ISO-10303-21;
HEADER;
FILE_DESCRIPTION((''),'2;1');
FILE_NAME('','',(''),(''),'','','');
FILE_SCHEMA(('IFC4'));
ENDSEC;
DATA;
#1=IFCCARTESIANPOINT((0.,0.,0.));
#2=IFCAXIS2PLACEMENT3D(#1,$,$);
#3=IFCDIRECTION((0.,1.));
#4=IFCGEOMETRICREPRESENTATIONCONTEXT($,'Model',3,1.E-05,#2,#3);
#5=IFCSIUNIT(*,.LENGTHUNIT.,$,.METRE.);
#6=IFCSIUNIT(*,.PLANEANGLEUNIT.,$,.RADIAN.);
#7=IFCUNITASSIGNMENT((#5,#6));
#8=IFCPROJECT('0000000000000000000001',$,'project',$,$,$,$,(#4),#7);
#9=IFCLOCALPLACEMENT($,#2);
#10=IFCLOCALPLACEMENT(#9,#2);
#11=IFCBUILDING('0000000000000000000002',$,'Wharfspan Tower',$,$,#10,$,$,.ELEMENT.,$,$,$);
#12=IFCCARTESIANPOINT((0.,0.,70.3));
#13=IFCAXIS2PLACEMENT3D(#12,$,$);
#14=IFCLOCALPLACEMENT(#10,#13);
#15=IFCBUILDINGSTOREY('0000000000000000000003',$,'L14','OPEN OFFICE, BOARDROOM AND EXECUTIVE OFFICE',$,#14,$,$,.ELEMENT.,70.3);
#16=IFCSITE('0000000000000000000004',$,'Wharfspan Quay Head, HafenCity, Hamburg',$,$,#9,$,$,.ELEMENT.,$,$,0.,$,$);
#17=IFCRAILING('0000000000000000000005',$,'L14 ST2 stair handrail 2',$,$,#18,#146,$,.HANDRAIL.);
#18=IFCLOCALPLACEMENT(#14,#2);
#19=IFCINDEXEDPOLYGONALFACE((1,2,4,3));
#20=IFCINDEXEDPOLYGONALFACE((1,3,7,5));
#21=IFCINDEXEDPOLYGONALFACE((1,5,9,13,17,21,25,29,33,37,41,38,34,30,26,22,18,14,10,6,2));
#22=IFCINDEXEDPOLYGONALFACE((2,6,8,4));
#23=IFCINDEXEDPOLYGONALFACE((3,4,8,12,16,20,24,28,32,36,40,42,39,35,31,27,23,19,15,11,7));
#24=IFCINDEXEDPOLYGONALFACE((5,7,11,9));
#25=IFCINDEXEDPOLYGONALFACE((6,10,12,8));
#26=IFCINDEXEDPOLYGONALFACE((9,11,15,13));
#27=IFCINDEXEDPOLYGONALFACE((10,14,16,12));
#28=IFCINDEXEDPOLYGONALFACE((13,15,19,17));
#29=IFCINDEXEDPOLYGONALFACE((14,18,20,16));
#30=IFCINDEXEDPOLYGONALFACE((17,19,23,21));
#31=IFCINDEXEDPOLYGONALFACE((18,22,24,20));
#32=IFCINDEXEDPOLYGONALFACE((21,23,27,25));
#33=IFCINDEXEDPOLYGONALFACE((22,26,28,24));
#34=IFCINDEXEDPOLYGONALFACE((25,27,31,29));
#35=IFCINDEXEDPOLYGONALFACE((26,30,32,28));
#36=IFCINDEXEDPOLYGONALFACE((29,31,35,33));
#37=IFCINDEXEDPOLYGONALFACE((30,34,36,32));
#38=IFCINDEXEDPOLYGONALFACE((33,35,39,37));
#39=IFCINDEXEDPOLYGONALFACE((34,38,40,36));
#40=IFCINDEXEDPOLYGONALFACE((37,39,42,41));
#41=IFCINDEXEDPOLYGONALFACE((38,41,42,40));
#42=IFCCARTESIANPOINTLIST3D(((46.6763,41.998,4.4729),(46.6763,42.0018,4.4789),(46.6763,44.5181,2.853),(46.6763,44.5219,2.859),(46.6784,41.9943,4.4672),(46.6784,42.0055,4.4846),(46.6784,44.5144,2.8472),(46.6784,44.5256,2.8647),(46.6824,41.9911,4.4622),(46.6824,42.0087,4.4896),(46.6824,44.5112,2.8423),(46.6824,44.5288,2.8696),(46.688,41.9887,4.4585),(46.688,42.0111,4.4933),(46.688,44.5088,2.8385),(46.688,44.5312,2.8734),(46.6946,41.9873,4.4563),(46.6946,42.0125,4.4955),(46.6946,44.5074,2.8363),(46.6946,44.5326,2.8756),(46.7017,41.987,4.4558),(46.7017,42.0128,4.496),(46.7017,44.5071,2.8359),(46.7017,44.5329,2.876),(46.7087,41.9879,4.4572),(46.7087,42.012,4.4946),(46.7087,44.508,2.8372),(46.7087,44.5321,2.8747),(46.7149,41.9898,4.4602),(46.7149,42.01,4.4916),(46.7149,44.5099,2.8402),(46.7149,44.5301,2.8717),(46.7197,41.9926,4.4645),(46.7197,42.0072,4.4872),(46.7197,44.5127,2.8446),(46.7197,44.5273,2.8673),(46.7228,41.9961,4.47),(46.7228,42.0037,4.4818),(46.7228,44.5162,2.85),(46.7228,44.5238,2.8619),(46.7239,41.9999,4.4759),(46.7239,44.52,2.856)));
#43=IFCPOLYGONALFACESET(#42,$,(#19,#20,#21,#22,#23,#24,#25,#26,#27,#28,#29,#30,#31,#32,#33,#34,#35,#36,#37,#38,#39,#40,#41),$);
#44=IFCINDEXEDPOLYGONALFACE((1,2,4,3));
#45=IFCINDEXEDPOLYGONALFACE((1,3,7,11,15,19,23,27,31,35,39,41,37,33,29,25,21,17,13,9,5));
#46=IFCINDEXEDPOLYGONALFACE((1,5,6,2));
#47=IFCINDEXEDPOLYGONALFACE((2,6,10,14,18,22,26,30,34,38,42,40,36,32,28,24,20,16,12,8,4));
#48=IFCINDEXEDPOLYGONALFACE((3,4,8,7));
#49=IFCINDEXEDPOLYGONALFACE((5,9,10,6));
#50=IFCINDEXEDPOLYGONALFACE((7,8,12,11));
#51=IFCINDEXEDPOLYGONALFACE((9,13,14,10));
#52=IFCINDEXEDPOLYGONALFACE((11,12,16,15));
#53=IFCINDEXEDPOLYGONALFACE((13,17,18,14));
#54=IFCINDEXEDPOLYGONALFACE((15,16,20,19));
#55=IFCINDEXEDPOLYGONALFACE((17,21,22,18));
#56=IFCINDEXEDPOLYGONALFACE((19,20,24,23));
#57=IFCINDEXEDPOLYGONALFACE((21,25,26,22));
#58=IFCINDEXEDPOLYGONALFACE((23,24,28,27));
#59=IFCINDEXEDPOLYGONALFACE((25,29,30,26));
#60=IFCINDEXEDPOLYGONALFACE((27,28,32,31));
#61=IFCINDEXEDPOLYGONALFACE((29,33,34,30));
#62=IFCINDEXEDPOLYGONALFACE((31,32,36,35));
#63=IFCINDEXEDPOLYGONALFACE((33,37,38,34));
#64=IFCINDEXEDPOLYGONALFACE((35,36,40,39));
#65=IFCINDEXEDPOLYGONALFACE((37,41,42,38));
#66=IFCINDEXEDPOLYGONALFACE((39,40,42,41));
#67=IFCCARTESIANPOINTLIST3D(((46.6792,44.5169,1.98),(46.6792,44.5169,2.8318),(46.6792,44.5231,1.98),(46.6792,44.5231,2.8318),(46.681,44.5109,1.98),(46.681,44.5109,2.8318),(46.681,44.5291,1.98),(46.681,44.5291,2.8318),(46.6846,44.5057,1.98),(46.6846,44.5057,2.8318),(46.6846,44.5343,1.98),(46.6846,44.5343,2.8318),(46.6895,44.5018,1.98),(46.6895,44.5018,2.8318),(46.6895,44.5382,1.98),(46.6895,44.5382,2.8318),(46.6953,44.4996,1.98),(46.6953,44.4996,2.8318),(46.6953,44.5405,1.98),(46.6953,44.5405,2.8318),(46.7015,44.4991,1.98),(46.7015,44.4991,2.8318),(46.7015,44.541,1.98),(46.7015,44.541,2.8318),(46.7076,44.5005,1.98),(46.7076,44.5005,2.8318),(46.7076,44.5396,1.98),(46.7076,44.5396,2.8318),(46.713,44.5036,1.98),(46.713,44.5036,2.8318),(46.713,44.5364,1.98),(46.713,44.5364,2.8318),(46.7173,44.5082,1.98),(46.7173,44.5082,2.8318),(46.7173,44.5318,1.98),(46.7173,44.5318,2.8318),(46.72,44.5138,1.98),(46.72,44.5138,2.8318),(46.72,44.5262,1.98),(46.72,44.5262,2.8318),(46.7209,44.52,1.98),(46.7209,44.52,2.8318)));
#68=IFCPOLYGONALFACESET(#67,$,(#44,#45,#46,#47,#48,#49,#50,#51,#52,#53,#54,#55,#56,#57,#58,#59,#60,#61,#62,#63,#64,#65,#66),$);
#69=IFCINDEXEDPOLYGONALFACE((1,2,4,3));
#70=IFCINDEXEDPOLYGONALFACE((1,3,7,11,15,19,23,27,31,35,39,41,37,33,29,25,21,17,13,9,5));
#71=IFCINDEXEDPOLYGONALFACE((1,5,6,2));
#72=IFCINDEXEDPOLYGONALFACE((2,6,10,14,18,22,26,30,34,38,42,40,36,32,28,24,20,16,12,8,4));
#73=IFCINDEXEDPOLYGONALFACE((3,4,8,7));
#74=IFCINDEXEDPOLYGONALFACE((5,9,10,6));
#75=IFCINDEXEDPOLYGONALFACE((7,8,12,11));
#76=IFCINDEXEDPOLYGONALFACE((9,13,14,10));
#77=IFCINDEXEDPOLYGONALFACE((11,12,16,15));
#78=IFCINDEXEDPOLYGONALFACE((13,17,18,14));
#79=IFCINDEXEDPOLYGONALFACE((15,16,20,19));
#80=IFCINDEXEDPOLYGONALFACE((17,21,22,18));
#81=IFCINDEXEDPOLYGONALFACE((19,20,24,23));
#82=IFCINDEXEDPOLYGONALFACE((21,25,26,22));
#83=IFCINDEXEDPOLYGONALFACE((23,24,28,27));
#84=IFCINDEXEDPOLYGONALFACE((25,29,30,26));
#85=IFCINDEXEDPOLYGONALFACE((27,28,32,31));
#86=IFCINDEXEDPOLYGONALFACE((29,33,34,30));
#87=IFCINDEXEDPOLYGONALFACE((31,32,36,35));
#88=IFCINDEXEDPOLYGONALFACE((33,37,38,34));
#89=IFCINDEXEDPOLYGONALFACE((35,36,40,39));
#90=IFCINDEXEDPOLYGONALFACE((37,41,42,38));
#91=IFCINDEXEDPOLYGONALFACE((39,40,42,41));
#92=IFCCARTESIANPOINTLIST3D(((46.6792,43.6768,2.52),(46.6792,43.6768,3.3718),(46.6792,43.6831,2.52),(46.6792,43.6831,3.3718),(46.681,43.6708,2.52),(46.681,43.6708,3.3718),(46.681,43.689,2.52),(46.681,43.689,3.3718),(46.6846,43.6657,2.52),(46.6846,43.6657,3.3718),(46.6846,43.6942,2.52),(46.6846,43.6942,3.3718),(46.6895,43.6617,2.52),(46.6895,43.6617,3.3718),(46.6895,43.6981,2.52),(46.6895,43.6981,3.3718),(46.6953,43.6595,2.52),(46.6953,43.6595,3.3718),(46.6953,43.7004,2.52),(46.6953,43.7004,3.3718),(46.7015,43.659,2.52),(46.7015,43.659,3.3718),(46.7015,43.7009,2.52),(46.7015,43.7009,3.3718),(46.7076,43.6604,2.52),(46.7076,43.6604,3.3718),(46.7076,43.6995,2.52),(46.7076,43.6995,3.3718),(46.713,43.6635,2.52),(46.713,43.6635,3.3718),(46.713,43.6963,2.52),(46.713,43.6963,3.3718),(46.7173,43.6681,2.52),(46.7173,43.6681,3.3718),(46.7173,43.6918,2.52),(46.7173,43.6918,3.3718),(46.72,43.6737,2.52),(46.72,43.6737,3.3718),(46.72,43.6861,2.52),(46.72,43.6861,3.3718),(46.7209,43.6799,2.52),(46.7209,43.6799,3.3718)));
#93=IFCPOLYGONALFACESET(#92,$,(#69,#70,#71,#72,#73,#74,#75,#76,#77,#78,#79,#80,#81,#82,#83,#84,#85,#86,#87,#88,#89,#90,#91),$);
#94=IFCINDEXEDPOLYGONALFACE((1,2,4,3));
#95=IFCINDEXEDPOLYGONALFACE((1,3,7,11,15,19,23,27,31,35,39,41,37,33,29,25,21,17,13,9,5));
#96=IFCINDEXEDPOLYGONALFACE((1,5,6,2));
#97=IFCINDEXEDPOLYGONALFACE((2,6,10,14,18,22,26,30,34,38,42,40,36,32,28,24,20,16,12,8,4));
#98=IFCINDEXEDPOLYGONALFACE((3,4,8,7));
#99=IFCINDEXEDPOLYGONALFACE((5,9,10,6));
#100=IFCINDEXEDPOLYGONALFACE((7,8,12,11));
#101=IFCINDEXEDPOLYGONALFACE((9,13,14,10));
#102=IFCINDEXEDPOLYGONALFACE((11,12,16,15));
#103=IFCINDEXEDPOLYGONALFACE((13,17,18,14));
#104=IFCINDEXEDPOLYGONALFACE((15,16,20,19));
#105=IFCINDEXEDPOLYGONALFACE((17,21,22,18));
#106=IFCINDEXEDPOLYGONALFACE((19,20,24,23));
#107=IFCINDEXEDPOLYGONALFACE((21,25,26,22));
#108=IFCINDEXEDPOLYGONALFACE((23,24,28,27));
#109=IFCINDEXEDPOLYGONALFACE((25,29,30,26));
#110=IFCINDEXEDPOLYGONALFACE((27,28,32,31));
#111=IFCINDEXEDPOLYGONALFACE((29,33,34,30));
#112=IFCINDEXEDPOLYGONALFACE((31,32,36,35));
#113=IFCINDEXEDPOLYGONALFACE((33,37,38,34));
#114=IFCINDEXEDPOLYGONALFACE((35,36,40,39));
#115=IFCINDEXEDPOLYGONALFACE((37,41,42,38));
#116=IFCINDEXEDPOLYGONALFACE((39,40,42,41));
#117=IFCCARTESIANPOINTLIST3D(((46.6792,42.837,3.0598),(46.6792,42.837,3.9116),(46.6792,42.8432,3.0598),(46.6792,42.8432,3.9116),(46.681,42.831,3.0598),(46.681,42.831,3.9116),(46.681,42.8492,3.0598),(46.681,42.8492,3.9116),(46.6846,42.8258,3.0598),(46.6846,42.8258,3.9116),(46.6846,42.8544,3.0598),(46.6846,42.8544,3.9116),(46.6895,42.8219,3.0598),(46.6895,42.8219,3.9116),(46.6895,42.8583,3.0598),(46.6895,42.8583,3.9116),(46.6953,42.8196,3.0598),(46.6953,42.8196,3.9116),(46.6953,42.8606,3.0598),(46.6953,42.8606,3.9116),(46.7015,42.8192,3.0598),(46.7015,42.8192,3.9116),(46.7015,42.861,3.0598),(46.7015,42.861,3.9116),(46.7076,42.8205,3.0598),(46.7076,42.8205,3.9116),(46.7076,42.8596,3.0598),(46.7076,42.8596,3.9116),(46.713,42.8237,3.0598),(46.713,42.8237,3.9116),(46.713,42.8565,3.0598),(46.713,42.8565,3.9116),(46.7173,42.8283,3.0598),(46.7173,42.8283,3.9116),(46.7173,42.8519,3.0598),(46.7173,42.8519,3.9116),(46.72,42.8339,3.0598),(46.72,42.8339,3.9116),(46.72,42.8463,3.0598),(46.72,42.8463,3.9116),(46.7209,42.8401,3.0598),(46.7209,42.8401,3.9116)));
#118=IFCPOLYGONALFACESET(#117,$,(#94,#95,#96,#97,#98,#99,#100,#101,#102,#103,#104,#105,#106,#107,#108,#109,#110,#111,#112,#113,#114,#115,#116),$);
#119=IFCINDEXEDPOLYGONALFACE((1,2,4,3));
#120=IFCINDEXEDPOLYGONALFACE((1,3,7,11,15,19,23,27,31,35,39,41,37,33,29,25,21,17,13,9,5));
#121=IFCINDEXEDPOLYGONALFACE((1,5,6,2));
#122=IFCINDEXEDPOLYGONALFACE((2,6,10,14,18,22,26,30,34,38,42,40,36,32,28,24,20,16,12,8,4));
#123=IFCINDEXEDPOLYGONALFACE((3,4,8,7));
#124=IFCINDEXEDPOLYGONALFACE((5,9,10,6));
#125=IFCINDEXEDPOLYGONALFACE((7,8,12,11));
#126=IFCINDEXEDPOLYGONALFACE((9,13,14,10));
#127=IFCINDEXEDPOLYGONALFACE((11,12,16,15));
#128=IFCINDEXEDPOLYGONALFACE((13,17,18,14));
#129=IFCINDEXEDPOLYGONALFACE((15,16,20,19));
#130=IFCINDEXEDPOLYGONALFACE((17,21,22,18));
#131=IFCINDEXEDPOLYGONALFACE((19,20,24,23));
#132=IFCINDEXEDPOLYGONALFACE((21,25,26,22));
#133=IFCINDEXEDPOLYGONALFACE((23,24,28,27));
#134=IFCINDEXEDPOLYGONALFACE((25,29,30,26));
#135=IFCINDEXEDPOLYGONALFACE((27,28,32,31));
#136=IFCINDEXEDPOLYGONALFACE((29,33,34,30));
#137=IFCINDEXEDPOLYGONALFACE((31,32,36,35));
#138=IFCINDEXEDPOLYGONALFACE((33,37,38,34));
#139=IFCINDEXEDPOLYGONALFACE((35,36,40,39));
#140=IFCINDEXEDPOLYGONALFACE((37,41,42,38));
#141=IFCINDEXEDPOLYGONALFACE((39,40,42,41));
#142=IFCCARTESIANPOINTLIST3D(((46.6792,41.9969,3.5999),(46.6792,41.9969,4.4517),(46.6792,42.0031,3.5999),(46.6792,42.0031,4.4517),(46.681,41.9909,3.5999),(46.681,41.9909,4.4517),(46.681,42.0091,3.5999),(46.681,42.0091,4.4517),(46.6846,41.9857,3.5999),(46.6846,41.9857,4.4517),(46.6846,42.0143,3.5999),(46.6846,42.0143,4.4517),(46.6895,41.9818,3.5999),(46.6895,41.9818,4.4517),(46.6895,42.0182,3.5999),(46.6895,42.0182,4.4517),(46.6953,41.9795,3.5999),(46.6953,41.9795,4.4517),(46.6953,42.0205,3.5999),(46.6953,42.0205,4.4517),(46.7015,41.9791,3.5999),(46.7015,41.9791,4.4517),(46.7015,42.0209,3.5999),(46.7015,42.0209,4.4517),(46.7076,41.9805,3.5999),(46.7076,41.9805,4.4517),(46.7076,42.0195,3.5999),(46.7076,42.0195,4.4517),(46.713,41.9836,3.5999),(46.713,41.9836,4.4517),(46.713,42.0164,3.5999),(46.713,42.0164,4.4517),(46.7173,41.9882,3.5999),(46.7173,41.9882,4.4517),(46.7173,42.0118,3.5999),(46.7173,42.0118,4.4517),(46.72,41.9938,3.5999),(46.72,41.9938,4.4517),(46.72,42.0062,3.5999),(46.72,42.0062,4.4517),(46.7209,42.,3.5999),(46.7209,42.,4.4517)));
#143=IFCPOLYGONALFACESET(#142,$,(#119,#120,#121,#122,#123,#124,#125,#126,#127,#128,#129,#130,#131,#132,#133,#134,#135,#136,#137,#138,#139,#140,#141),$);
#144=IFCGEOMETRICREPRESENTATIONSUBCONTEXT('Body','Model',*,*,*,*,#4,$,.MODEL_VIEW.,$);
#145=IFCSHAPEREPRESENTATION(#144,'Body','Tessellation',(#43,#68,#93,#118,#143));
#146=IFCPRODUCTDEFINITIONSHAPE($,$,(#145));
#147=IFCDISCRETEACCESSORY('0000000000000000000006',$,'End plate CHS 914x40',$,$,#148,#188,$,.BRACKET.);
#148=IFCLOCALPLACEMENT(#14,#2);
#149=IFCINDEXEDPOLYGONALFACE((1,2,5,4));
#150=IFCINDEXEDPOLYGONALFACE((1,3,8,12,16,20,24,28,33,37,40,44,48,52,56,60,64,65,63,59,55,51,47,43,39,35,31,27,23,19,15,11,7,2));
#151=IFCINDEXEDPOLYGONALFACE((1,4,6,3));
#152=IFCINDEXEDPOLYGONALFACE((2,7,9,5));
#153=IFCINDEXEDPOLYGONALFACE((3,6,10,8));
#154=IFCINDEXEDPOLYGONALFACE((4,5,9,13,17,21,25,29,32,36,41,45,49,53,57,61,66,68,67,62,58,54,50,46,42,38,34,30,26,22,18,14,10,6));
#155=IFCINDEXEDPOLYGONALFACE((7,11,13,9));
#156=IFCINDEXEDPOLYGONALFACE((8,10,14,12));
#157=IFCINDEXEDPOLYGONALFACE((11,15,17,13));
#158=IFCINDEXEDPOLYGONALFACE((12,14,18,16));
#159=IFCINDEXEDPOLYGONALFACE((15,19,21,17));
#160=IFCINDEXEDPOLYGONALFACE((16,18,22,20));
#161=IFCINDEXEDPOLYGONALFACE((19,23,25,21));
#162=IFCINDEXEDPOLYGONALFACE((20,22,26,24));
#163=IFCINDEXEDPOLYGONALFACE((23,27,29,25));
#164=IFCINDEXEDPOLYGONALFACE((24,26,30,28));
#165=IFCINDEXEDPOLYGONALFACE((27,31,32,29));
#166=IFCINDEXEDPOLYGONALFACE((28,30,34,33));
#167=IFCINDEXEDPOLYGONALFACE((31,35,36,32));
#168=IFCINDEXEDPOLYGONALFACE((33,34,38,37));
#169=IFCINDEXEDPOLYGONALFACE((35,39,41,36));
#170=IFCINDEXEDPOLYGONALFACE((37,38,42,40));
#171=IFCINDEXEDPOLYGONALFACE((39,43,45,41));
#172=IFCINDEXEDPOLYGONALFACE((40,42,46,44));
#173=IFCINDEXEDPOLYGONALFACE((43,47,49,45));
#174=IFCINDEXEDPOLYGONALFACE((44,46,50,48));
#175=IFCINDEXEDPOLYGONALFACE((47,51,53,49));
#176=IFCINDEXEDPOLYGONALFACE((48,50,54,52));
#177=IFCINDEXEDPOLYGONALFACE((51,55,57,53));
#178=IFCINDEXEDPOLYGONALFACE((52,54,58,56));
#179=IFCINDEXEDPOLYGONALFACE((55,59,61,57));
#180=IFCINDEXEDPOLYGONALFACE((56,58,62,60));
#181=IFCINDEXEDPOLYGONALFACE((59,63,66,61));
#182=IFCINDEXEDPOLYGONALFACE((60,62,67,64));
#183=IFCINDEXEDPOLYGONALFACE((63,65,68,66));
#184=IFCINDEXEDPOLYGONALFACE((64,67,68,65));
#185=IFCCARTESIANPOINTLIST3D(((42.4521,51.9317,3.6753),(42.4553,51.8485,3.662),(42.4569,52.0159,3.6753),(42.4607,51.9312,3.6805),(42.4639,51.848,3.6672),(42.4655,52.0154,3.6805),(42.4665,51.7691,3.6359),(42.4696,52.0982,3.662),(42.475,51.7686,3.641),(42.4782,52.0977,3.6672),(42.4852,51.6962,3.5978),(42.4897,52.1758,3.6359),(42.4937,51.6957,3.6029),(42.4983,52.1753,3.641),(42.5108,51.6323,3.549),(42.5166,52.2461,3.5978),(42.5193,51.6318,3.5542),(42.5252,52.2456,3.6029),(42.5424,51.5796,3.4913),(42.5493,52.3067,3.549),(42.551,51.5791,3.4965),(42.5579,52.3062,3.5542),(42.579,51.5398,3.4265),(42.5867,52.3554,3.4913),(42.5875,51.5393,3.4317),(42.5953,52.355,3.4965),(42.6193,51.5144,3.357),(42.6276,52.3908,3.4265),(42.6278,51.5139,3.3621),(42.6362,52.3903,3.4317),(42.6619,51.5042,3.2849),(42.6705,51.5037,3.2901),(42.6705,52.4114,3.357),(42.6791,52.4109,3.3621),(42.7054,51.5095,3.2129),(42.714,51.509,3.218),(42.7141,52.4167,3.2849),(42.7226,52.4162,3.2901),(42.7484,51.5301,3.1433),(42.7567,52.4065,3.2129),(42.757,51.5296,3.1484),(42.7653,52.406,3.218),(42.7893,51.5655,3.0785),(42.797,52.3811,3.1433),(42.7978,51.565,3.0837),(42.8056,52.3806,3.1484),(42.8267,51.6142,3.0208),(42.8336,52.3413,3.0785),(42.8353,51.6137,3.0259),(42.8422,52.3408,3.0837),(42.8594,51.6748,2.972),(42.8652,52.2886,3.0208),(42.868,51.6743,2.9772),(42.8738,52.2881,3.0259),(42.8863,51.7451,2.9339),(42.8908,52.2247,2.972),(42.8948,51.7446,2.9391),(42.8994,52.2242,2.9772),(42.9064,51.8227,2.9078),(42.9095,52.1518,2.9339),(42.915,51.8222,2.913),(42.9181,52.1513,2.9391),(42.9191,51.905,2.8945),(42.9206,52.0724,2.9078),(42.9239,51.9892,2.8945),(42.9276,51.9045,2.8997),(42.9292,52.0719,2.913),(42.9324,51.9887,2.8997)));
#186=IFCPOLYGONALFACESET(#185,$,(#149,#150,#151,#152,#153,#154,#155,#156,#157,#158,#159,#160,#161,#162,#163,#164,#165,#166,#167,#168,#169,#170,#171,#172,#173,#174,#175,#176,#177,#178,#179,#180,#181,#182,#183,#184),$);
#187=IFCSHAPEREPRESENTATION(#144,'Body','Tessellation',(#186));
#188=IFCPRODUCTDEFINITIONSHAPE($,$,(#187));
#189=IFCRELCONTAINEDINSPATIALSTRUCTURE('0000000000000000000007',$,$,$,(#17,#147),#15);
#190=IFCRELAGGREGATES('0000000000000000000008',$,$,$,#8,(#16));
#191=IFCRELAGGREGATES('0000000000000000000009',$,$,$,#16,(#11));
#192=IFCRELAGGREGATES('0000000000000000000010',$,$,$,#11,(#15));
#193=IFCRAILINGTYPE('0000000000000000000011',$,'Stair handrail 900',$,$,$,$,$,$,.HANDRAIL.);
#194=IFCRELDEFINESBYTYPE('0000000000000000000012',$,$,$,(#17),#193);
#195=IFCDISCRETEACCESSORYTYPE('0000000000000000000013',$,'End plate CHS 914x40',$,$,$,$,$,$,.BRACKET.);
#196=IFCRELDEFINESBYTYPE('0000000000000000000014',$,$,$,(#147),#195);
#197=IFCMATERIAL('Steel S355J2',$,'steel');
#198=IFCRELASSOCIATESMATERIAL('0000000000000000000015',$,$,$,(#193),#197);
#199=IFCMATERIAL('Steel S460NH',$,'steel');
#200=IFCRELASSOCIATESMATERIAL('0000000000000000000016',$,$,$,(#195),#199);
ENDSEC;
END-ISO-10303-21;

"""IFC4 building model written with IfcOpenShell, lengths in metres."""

from ifc_helpers import new_model, si_unit, direction, frame, origin, origin_2d, place, context, subcontext, project, spatial, circle, extrude, material, material_profile, profile_set, type_object, element, save


model = new_model("IFC4")

# Units and contexts
model_context = context("Model", 3, precision=1e-05, world=origin(), true_north=direction((0.0, 1.0)))
body_context = subcontext(model_context, "Body", "Model", "MODEL_VIEW")
ifc_project = project(units=[si_unit("LENGTHUNIT", "METRE"), si_unit("PLANEANGLEUNIT", "RADIAN")], contexts=[model_context])

# Site, building, storey
site_placement = place(None, origin())
site = spatial("IfcSite", under=ifc_project, at=site_placement, Name="Wharfspan Quay Head, HafenCity, Hamburg", CompositionType="ELEMENT", RefElevation=0.0)
building_placement = place(site_placement, origin())
building = spatial("IfcBuilding", under=site, at=building_placement, Name="Wharfspan Tower", CompositionType="ELEMENT")
storey_placement = place(building_placement, frame((0.0, 0.0, 70.3)))
storey = spatial("IfcBuildingStorey", under=building, at=storey_placement, Name="L14", Description="OPEN OFFICE, BOARDROOM AND EXECUTIVE OFFICE", CompositionType="ELEMENT", Elevation=70.3)

# Shared definitions
ifc_material_1 = material(Name="Steel S355J2", Category="steel")

# Shared definitions
ifc_material_2 = material(Name="Steel S460NH", Category="steel")

# Railing
railing_type_1 = type_object("IfcRailingType", Name="Stair handrail 900", PredefinedType="HANDRAIL", material=ifc_material_1)
railing_1_placement = place(storey_placement, frame((46.7, 44.52, 1.98)))
element("IfcRailing", 1, at=railing_1_placement, inside=storey, type_object=railing_type_1, Name="L14 ST2 stair handrail 2", PredefinedType="HANDRAIL", context=body_context, shape_type="SweptSolid", body=[
    extrude(circle(Radius=0.0239, at=origin_2d()), frame((0.0, 0.0, 0.876), z_axis=(0.0, -0.8412, 0.540725), x_axis=(1.0, 0.0, 0.0)), (0.0, 0.0, 1.0), 2.9958),
    extrude(circle(Radius=0.021, at=origin_2d()), origin(), (0.0, 0.0, 1.0), 0.8518),
    extrude(circle(Radius=0.021, at=origin_2d()), frame((0.0, -0.8401, 0.54)), (0.0, 0.0, 1.0), 0.8518),
    extrude(circle(Radius=0.021, at=origin_2d()), frame((0.0, -1.6799, 1.0798)), (0.0, 0.0, 1.0), 0.8518),
    extrude(circle(Radius=0.021, at=origin_2d()), frame((0.0, -2.52, 1.6199)), (0.0, 0.0, 1.0), 0.8518),
])

# Discrete accessory
ifc_material_profile_1 = material_profile(ifc_material_2, circle(Radius=0.457, at=origin_2d()))
ifc_profile_set_1 = profile_set([ifc_material_profile_1], Name="Steel S460NH")
discrete_accessory_type = type_object("IfcDiscreteAccessoryType", Name="End plate CHS 914x40", PredefinedType="BRACKET", material=ifc_profile_set_1)
for number, where, z_axis, x_axis, name in (
    (2, (42.688, 51.9604, 3.2849), (0.856465, -0.048941, 0.513879), (0.05705, 0.998372, 0.0), "End plate CHS 914x40"),
):
    element("IfcDiscreteAccessory", number, at=place(storey_placement, frame(where, z_axis=z_axis, x_axis=x_axis)), inside=storey, type_object=discrete_accessory_type, Name=name, PredefinedType="BRACKET", context=body_context, shape_type="SweptSolid", body=[
        extrude(circle(Radius=0.457, at=origin_2d()), origin(), (0.0, 0.0, 1.0), 0.01),
    ])

save(model, "model.ifc")
